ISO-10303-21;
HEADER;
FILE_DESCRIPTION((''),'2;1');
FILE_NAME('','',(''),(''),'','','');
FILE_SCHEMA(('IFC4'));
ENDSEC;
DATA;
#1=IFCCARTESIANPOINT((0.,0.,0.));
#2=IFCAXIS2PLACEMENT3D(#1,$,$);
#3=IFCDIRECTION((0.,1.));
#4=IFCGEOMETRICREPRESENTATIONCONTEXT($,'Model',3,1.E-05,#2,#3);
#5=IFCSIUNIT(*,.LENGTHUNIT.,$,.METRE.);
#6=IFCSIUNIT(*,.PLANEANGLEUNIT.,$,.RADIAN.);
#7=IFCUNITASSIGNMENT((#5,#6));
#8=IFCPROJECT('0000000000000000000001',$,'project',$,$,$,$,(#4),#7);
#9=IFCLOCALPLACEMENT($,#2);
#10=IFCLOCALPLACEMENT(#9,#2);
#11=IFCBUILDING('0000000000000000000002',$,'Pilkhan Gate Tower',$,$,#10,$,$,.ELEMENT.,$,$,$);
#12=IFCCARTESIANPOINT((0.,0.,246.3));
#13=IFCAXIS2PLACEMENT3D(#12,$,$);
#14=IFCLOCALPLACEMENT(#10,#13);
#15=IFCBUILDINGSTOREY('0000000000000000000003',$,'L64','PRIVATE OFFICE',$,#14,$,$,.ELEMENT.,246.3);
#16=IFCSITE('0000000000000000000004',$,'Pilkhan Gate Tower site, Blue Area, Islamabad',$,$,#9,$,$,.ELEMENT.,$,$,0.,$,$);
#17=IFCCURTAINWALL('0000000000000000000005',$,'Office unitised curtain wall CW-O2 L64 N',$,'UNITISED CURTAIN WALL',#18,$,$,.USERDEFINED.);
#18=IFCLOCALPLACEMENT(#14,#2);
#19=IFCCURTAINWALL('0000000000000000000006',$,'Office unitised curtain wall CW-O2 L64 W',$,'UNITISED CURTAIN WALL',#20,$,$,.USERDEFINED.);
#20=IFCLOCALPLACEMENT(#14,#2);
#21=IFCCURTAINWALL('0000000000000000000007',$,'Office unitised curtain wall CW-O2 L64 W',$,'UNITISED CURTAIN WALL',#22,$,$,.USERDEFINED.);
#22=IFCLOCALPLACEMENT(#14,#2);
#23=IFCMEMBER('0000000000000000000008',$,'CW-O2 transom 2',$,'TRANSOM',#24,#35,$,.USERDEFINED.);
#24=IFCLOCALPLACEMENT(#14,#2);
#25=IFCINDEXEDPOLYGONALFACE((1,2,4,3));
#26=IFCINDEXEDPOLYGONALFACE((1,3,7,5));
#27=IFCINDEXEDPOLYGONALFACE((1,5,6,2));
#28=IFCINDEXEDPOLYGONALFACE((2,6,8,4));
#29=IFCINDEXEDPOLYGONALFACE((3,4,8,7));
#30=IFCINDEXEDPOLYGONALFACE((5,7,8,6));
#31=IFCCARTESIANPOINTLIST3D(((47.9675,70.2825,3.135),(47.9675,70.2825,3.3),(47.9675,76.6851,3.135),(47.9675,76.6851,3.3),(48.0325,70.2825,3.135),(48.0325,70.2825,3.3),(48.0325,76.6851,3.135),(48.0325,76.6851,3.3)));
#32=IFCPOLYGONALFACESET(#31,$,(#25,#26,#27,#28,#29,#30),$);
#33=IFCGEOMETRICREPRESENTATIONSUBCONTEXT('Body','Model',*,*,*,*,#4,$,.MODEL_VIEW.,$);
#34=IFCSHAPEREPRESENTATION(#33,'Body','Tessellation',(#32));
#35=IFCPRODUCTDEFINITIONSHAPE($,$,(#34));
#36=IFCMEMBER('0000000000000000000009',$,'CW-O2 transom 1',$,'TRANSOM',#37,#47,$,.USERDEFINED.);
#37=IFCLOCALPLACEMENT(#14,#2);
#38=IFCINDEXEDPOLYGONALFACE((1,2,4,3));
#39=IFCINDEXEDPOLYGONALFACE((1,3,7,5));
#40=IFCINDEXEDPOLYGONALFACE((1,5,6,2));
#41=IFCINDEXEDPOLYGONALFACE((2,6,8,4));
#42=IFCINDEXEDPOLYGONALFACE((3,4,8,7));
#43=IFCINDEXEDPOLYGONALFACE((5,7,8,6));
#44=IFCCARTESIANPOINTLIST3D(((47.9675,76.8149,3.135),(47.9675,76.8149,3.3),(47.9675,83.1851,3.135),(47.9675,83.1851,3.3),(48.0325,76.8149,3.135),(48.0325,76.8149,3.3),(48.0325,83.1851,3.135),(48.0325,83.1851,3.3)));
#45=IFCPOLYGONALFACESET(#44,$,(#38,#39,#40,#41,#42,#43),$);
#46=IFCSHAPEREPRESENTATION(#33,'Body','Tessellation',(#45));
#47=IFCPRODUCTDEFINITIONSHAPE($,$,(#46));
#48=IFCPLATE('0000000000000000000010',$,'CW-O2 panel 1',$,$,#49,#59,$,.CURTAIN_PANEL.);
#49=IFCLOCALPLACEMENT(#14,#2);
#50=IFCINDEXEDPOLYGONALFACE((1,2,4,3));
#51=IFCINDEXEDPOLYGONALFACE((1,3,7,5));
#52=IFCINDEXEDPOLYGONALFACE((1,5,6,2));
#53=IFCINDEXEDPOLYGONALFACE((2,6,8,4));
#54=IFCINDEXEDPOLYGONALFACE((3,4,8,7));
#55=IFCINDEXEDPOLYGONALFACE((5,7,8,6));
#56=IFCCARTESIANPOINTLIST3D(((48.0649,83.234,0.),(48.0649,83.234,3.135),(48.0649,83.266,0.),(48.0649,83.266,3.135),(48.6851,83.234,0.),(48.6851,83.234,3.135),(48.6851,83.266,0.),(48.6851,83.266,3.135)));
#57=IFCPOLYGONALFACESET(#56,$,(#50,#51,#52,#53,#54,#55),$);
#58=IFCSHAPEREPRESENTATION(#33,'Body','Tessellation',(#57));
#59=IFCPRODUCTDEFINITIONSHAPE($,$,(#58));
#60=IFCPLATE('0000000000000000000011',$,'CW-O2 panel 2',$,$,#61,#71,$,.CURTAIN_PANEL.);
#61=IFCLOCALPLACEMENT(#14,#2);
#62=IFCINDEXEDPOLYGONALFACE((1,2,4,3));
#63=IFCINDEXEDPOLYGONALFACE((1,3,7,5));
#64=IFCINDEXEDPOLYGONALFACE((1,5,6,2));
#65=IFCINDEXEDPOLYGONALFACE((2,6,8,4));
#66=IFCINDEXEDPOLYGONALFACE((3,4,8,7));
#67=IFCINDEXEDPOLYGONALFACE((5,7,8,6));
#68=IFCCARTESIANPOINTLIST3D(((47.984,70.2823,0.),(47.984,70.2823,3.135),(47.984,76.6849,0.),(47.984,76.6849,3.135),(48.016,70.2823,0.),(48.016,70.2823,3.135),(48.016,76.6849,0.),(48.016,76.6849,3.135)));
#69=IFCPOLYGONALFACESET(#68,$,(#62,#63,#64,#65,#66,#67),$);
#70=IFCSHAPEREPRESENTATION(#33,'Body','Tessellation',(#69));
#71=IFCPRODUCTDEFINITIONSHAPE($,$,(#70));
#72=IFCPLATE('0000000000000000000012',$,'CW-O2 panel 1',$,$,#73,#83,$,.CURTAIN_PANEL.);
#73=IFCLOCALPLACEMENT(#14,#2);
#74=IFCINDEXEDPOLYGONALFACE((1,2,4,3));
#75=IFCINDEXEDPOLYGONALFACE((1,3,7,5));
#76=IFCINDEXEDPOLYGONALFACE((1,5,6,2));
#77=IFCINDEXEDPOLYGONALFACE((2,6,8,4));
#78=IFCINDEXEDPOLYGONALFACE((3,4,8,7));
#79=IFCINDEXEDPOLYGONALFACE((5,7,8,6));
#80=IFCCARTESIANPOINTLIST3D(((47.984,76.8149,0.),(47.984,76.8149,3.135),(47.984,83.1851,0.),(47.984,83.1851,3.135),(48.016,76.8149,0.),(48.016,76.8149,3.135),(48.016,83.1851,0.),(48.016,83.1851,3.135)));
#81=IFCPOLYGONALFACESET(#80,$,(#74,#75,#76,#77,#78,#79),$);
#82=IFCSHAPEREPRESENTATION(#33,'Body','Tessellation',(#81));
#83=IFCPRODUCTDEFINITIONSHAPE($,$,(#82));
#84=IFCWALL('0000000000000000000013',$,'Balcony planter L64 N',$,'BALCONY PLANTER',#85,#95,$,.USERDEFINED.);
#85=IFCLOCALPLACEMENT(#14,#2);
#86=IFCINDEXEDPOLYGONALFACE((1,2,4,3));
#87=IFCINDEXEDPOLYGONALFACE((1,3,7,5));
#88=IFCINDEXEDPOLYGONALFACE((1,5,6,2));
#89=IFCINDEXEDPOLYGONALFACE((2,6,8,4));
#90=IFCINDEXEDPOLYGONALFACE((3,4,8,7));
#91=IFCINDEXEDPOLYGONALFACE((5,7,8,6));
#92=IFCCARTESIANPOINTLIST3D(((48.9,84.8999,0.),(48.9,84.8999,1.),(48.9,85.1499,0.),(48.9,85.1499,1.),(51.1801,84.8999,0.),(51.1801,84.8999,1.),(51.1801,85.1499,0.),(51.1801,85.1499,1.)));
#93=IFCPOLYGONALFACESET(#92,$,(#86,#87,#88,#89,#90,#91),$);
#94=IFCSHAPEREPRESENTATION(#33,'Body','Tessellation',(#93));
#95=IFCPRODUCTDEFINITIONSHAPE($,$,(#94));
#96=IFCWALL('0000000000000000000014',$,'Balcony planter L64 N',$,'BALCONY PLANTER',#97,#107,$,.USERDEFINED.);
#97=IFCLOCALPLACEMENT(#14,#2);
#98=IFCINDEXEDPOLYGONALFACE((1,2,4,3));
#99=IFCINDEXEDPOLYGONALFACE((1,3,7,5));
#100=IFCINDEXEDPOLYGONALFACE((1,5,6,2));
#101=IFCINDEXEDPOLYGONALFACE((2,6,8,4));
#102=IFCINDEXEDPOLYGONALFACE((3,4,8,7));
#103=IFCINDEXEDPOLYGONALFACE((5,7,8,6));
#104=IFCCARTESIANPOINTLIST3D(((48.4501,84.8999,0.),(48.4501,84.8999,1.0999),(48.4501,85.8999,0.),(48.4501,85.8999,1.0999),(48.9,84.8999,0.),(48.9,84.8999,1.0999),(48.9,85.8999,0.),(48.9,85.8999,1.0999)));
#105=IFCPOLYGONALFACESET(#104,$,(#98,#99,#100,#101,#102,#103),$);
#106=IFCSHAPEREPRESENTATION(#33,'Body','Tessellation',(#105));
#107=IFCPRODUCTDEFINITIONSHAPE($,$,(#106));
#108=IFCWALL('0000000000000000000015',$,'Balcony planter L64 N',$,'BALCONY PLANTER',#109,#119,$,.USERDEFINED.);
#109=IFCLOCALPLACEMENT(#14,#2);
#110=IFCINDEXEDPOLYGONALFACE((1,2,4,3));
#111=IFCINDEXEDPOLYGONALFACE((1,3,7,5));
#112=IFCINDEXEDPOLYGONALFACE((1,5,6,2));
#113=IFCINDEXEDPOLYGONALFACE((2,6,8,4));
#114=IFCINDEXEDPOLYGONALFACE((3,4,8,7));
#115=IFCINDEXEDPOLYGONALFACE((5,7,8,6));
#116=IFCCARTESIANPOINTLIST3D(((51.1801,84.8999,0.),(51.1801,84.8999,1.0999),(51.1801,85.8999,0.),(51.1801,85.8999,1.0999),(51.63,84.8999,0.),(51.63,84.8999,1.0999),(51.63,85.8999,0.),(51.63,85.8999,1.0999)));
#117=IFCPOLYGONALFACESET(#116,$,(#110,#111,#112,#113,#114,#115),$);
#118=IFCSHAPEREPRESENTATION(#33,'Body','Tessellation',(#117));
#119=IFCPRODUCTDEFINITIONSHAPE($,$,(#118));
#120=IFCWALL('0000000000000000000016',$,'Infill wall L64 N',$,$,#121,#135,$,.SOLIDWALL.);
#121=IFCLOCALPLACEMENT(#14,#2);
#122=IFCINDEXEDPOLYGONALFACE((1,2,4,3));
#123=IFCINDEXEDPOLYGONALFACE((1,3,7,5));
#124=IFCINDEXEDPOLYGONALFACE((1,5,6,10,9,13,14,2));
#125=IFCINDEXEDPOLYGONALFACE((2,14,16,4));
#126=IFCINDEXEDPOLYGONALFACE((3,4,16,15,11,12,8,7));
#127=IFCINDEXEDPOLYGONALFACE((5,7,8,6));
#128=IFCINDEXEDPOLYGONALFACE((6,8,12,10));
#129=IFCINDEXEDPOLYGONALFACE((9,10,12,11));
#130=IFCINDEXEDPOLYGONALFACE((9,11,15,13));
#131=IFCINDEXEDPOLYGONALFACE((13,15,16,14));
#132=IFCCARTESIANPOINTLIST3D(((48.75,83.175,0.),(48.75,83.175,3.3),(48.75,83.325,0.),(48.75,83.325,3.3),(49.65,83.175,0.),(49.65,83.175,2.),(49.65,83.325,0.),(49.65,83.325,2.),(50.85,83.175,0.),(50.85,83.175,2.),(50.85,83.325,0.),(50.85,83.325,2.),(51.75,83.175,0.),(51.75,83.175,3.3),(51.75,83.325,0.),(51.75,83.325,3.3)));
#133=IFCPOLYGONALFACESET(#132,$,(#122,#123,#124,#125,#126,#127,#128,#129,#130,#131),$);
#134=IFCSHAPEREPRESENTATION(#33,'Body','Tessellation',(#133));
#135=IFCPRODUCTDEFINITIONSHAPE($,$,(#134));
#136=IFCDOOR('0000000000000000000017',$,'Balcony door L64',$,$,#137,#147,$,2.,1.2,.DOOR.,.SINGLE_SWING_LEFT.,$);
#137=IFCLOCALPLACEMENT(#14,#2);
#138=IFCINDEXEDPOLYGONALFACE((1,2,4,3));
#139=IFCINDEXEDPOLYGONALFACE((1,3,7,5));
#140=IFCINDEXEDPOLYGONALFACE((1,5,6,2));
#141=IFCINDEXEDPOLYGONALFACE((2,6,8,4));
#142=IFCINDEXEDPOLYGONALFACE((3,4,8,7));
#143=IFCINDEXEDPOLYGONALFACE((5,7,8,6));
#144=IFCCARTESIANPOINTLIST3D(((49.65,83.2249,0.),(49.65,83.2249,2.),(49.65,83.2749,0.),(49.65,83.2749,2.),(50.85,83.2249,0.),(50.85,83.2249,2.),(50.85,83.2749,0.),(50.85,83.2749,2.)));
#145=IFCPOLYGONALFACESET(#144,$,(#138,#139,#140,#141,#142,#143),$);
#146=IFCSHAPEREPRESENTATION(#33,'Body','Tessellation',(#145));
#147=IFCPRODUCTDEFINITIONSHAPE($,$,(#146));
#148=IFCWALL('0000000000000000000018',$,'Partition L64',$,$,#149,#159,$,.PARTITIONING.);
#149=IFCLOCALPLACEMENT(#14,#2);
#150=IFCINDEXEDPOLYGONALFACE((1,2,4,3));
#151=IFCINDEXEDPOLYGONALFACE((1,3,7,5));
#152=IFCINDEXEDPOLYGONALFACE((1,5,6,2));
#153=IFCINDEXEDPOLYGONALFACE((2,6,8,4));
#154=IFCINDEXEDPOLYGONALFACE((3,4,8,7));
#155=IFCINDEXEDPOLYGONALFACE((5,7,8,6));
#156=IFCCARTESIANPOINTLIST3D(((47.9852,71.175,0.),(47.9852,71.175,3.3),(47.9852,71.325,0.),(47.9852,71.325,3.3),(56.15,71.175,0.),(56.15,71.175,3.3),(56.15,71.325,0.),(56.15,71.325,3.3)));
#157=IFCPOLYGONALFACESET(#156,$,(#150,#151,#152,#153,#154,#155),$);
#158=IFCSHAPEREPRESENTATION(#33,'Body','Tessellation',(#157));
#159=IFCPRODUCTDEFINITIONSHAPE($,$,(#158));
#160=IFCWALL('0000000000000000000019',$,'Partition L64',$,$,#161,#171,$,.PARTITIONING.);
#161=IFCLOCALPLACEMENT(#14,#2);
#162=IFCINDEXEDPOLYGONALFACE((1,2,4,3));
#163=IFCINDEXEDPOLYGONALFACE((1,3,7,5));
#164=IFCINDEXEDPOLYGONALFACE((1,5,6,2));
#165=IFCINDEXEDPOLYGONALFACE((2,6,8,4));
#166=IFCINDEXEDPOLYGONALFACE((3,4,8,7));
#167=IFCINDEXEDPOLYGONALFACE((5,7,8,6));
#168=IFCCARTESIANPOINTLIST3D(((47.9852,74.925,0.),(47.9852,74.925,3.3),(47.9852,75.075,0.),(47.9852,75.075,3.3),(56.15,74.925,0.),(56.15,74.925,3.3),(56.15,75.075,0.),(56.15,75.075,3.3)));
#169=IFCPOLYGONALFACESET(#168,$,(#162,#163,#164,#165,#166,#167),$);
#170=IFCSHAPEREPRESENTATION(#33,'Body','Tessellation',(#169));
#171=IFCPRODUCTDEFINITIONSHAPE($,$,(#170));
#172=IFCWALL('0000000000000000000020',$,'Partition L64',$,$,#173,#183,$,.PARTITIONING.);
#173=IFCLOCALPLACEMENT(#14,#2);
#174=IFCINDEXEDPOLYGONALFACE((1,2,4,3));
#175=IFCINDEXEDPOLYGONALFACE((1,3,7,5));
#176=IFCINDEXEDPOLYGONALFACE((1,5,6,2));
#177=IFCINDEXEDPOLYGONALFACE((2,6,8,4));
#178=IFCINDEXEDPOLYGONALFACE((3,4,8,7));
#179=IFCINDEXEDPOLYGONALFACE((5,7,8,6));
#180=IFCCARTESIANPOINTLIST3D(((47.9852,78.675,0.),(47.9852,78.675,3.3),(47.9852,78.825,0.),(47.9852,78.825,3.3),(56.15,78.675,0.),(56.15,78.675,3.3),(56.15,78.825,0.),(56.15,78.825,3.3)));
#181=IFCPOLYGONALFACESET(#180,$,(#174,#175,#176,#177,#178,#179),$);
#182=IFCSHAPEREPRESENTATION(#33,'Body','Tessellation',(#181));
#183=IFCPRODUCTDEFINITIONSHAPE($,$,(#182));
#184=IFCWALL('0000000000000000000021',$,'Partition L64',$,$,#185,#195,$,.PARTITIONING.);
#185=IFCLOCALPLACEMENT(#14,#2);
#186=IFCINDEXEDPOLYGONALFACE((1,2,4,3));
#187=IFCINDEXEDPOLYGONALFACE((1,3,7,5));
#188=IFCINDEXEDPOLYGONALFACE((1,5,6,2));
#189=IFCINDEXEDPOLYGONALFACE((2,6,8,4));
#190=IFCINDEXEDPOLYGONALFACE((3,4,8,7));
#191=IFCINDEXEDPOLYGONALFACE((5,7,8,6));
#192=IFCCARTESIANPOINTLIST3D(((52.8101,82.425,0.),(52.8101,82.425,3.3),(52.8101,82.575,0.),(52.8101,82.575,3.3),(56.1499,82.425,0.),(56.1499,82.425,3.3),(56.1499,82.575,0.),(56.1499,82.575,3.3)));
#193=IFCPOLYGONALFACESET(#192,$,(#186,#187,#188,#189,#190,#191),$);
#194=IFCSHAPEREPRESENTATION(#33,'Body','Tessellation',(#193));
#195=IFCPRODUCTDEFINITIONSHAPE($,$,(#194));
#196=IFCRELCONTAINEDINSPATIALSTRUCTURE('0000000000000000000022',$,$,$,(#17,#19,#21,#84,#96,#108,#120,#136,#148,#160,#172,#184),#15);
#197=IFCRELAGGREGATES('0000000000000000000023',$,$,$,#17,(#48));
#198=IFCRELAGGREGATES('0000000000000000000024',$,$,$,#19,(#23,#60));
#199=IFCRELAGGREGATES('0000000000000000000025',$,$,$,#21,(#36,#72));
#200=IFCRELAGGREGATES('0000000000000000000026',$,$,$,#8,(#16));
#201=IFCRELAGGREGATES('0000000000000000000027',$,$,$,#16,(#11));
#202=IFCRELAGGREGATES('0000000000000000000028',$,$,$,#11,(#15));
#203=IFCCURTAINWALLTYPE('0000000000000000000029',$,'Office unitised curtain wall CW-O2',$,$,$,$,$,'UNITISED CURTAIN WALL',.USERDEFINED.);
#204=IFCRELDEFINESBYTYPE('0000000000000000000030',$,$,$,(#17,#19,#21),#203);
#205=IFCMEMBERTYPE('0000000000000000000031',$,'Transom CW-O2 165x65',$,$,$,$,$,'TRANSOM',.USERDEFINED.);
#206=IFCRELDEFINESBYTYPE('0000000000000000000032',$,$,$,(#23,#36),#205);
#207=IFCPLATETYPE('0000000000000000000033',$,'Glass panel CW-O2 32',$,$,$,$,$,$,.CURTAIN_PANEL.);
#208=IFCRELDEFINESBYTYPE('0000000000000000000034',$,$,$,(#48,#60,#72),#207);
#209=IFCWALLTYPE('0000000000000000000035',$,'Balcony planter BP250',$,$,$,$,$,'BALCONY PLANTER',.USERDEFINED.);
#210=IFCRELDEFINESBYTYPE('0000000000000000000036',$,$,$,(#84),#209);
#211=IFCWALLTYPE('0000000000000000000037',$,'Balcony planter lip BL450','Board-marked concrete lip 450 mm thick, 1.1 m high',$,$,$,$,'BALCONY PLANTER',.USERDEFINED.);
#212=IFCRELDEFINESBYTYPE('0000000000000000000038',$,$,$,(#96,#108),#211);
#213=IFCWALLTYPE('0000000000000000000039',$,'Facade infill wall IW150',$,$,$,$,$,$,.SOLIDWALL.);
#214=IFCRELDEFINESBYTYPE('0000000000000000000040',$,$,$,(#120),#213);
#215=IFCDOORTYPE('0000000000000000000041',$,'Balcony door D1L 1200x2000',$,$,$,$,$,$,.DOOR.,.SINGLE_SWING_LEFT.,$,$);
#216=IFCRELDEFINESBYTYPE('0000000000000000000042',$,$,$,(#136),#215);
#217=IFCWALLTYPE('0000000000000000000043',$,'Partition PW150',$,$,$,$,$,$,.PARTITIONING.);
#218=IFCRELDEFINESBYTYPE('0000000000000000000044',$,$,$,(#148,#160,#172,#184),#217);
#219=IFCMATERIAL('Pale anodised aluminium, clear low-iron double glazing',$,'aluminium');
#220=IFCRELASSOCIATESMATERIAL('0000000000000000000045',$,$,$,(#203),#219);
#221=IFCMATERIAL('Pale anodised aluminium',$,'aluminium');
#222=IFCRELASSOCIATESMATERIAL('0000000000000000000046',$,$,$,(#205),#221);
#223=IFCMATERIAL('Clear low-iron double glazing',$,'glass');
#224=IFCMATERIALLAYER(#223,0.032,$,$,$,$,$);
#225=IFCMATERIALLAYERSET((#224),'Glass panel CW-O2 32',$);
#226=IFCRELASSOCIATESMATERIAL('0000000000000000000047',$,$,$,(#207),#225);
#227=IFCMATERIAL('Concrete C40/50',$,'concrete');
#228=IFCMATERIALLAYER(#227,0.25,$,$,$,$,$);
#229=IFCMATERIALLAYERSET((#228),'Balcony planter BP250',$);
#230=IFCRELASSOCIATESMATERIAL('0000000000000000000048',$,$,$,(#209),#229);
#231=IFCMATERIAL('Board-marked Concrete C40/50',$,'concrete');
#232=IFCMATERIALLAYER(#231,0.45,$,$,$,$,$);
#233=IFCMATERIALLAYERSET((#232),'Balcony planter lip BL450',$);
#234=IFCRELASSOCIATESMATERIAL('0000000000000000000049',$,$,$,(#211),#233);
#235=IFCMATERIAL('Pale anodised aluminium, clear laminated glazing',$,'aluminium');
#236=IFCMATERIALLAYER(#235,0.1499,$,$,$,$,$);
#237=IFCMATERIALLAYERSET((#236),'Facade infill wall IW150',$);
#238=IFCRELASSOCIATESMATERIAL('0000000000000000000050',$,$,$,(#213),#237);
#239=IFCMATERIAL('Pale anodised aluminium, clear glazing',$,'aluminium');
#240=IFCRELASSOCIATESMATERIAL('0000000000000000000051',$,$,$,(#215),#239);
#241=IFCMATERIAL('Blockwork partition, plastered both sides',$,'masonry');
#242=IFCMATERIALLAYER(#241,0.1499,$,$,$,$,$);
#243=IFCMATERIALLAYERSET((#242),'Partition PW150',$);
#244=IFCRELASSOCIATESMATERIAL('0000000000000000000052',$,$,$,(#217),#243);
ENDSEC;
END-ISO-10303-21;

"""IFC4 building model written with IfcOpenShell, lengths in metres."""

from ifc_helpers import new_model, si_unit, direction, frame, frame_2d, origin, origin_2d, place, context, subcontext, project, spatial, rectangle, extrude, material, layer, layer_set, material_profile, profile_set, type_object, element, fill, aggregate, save


model = new_model("IFC4")

# Units and contexts
model_context = context("Model", 3, precision=1e-05, world=origin(), true_north=direction((0.0, 1.0)))
body_context = subcontext(model_context, "Body", "Model", "MODEL_VIEW")
ifc_project = project(units=[si_unit("LENGTHUNIT", "METRE"), si_unit("PLANEANGLEUNIT", "RADIAN")], contexts=[model_context])

# Site, building, storey
site_placement = place(None, origin())
site = spatial("IfcSite", under=ifc_project, at=site_placement, Name="Pilkhan Gate Tower site, Blue Area, Islamabad", CompositionType="ELEMENT", RefElevation=0.0)
building_placement = place(site_placement, origin())
building = spatial("IfcBuilding", under=site, at=building_placement, Name="Pilkhan Gate Tower", CompositionType="ELEMENT")
storey_placement = place(building_placement, frame((0.0, 0.0, 246.3)))
storey = spatial("IfcBuildingStorey", under=building, at=storey_placement, Name="L64", Description="PRIVATE OFFICE", CompositionType="ELEMENT", Elevation=246.3)

# Shared definitions
ifc_material_1 = material(Name="Pale anodised aluminium, clear low-iron double glazing", Category="aluminium")
curtain_wall_type = type_object("IfcCurtainWallType", Name="Office unitised curtain wall CW-O2", ElementType="UNITISED CURTAIN WALL", PredefinedType="USERDEFINED", material=ifc_material_1)
ifc_material_2 = material(Name="Pale anodised aluminium", Category="aluminium")

# Curtain wall
curtain_wall_1_placement = place(storey_placement, origin())
curtain_wall_1 = element("IfcCurtainWall", 1, at=curtain_wall_1_placement, inside=storey, type_object=curtain_wall_type, Name="Office unitised curtain wall CW-O2 L64 N", ObjectType="UNITISED CURTAIN WALL", PredefinedType="USERDEFINED")

# Curtain wall
curtain_wall_2_placement = place(storey_placement, origin())
curtain_wall_2 = element("IfcCurtainWall", 2, at=curtain_wall_2_placement, inside=storey, type_object=curtain_wall_type, Name="Office unitised curtain wall CW-O2 L64 W", ObjectType="UNITISED CURTAIN WALL", PredefinedType="USERDEFINED")

# Curtain wall
curtain_wall_3_placement = place(storey_placement, origin())
curtain_wall_3 = element("IfcCurtainWall", 3, at=curtain_wall_3_placement, inside=storey, type_object=curtain_wall_type, Name="Office unitised curtain wall CW-O2 L64 W", ObjectType="UNITISED CURTAIN WALL", PredefinedType="USERDEFINED")

# Members
ifc_material_profile_1 = material_profile(ifc_material_2, rectangle(XDim=0.0649, YDim=0.165, at=origin_2d()), Name="Transom 165x65")
ifc_profile_set_1 = profile_set([ifc_material_profile_1], Name="Pale anodised aluminium")
member_type_1 = type_object("IfcMemberType", Name="Transom CW-O2 165x65", ElementType="TRANSOM", PredefinedType="USERDEFINED", material=ifc_profile_set_1)
member_1_placement = place(storey_placement, frame((48.0, 70.2825, 3.2175), z_axis=(0.0, 1.0, 0.0), x_axis=(-1.0, 0.0, 0.0)))
member_1 = element("IfcMember", 4, at=member_1_placement, type_object=member_type_1, Name="CW-O2 transom 2", ObjectType="TRANSOM", PredefinedType="USERDEFINED", context=body_context, shape_type="SweptSolid", body=[
    extrude(rectangle(XDim=0.0649, YDim=0.165, at=origin_2d()), origin(), (0.0, 0.0, 1.0), 6.4026),
])
member_2_placement = place(storey_placement, frame((48.0, 76.8149, 3.2175), z_axis=(0.0, 1.0, 0.0), x_axis=(-1.0, 0.0, 0.0)))
member_2 = element("IfcMember", 5, at=member_2_placement, type_object=member_type_1, Name="CW-O2 transom 1", ObjectType="TRANSOM", PredefinedType="USERDEFINED", context=body_context, shape_type="SweptSolid", body=[
    extrude(rectangle(XDim=0.0649, YDim=0.165, at=origin_2d()), origin(), (0.0, 0.0, 1.0), 6.3701),
])

# Plates
ifc_material_3 = material(Name="Clear low-iron double glazing", Category="glass")
ifc_layer_1 = layer(ifc_material_3, 0.032)
ifc_layer_set_1 = layer_set([ifc_layer_1], Name="Glass panel CW-O2 32")
plate_type = type_object("IfcPlateType", Name="Glass panel CW-O2 32", PredefinedType="CURTAIN_PANEL", material=ifc_layer_set_1)
plate_1_placement = place(storey_placement, frame((48.375, 83.25, 0.0), z_axis=(0.0, 0.0, 1.0), x_axis=(1.0, 0.0, 0.0)))
plate_1 = element("IfcPlate", 6, at=plate_1_placement, type_object=plate_type, Name="CW-O2 panel 1", PredefinedType="CURTAIN_PANEL", context=body_context, shape_type="SweptSolid", body=[
    extrude(rectangle(XDim=0.6201, YDim=0.032, at=origin_2d()), origin(), (0.0, 0.0, 1.0), 3.135),
])
aggregate(curtain_wall_1, [plate_1])
plate_2_placement = place(storey_placement, frame((48.0, 73.4836, 0.0), z_axis=(0.0, 0.0, 1.0), x_axis=(0.0, 1.0, 0.0)))
plate_2 = element("IfcPlate", 7, at=plate_2_placement, type_object=plate_type, Name="CW-O2 panel 2", PredefinedType="CURTAIN_PANEL", context=body_context, shape_type="SweptSolid", body=[
    extrude(rectangle(XDim=6.4026, YDim=0.032, at=origin_2d()), origin(), (0.0, 0.0, 1.0), 3.135),
])
aggregate(curtain_wall_2, [member_1, plate_2])
plate_3_placement = place(storey_placement, frame((48.0, 80.0, 0.0), z_axis=(0.0, 0.0, 1.0), x_axis=(0.0, 1.0, 0.0)))
plate_3 = element("IfcPlate", 8, at=plate_3_placement, type_object=plate_type, Name="CW-O2 panel 1", PredefinedType="CURTAIN_PANEL", context=body_context, shape_type="SweptSolid", body=[
    extrude(rectangle(XDim=6.3701, YDim=0.032, at=origin_2d()), origin(), (0.0, 0.0, 1.0), 3.135),
])
aggregate(curtain_wall_3, [member_2, plate_3])

# Walls
ifc_material_4 = material(Name="Concrete C40/50", Category="concrete")
ifc_layer_2 = layer(ifc_material_4, 0.25)
ifc_layer_set_2 = layer_set([ifc_layer_2], Name="Balcony planter BP250")
wall_type_1 = type_object("IfcWallType", Name="Balcony planter BP250", ElementType="BALCONY PLANTER", PredefinedType="USERDEFINED", material=ifc_layer_set_2)
wall_1_placement = place(storey_placement, frame((48.8999, 85.0249, 0.0), z_axis=(0.0, 0.0, 1.0), x_axis=(1.0, 0.0, 0.0)))
element("IfcWall", 9, at=wall_1_placement, inside=storey, type_object=wall_type_1, Name="Balcony planter L64 N", ObjectType="BALCONY PLANTER", PredefinedType="USERDEFINED", context=body_context, shape_type="SweptSolid", body=[
    extrude(rectangle(XDim=2.28, YDim=0.25, at=frame_2d((1.1401, 0.0))), origin(), (0.0, 0.0, 1.0), 1.0),
])
ifc_material_5 = material(Name="Board-marked Concrete C40/50", Category="concrete")
ifc_layer_3 = layer(ifc_material_5, 0.45)
ifc_layer_set_3 = layer_set([ifc_layer_3], Name="Balcony planter lip BL450")
wall_type_2 = type_object("IfcWallType", Name="Balcony planter lip BL450", Description="Board-marked concrete lip 450 mm thick, 1.1 m high", ElementType="BALCONY PLANTER", PredefinedType="USERDEFINED", material=ifc_layer_set_3)
for number, where, z_axis, x_axis, name in (
    (10, (48.675, 84.8999, 0.0), (0.0, 0.0, 1.0), (0.0, 1.0, 0.0), "Balcony planter L64 N"),
    (11, (51.405, 84.8999, 0.0), (0.0, 0.0, 1.0), (0.0, 1.0, 0.0), "Balcony planter L64 N"),
):
    element("IfcWall", number, at=place(storey_placement, frame(where, z_axis=z_axis, x_axis=x_axis)), inside=storey, type_object=wall_type_2, Name=name, ObjectType="BALCONY PLANTER", PredefinedType="USERDEFINED", context=body_context, shape_type="SweptSolid", body=[
        extrude(rectangle(XDim=1.0, YDim=0.45, at=frame_2d((0.5, 0.0))), origin(), (0.0, 0.0, 1.0), 1.0999),
    ])

# Wall, opening, door
ifc_material_6 = material(Name="Pale anodised aluminium, clear laminated glazing", Category="aluminium")
ifc_layer_4 = layer(ifc_material_6, 0.1499)
ifc_layer_set_4 = layer_set([ifc_layer_4], Name="Facade infill wall IW150")
wall_type_3 = type_object("IfcWallType", Name="Facade infill wall IW150", PredefinedType="SOLIDWALL", material=ifc_layer_set_4)
wall_2_placement = place(storey_placement, frame((48.75, 83.25, 0.0), z_axis=(0.0, 0.0, 1.0), x_axis=(1.0, 0.0, 0.0)))
wall_2 = element("IfcWall", 12, at=wall_2_placement, inside=storey, type_object=wall_type_3, Name="Infill wall L64 N", PredefinedType="SOLIDWALL", context=body_context, shape_type="SweptSolid", body=[
    extrude(rectangle(XDim=3.0, YDim=0.1499, at=frame_2d((1.5, 0.0))), origin(), (0.0, 0.0, 1.0), 3.3),
])
opening_placement = place(wall_2_placement, frame((0.8999, 0.0, 0.0)))
opening = element("IfcOpeningElement", 13, at=opening_placement, cuts=wall_2, PredefinedType="OPENING", context=body_context, shape_type="SweptSolid", body=[
    extrude(rectangle(XDim=1.2, YDim=2.0, at=frame_2d((0.6001, 1.0))), frame((0.0, 0.085, 0.0), z_axis=(0.0, -1.0, 0.0), x_axis=(1.0, 0.0, 0.0)), (0.0, 0.0, 1.0), 0.1699),
])
ifc_material_7 = material(Name="Pale anodised aluminium, clear glazing", Category="aluminium")
door_type = type_object("IfcDoorType", Name="Balcony door D1L 1200x2000", OperationType="SINGLE_SWING_LEFT", PredefinedType="DOOR", material=ifc_material_7)
door_placement = place(opening_placement, origin())
door = element("IfcDoor", 14, at=door_placement, inside=storey, type_object=door_type, Name="Balcony door L64", OperationType="SINGLE_SWING_LEFT", OverallHeight=2.0, OverallWidth=1.2, PredefinedType="DOOR", context=body_context, shape_type="SweptSolid", body=[
    extrude(rectangle(XDim=1.2, YDim=2.0, at=frame_2d((0.6001, 1.0))), frame((0.0, 0.0249, 0.0), z_axis=(0.0, -1.0, 0.0), x_axis=(1.0, 0.0, 0.0)), (0.0, 0.0, 1.0), 0.05),
])
fill(opening, door)

# Walls
ifc_material_8 = material(Name="Blockwork partition, plastered both sides", Category="masonry")
ifc_layer_5 = layer(ifc_material_8, 0.1499)
ifc_layer_set_5 = layer_set([ifc_layer_5], Name="Partition PW150")
wall_type_4 = type_object("IfcWallType", Name="Partition PW150", PredefinedType="PARTITIONING", material=ifc_layer_set_5)
for number, where, z_axis, x_axis, name in (
    (15, (47.9851, 71.25, 0.0), (0.0, 0.0, 1.0), (1.0, 0.0, 0.0), "Partition L64"),
    (16, (47.9851, 75.0, 0.0), (0.0, 0.0, 1.0), (1.0, 0.0, 0.0), "Partition L64"),
    (17, (47.9851, 78.75, 0.0), (0.0, 0.0, 1.0), (1.0, 0.0, 0.0), "Partition L64"),
):
    element("IfcWall", number, at=place(storey_placement, frame(where, z_axis=z_axis, x_axis=x_axis)), inside=storey, type_object=wall_type_4, Name=name, PredefinedType="PARTITIONING", context=body_context, shape_type="SweptSolid", body=[
        extrude(rectangle(XDim=8.1648, YDim=0.1499, at=frame_2d((4.0825, 0.0))), origin(), (0.0, 0.0, 1.0), 3.3),
    ])
wall_3_placement = place(storey_placement, frame((52.8101, 82.5, 0.0), z_axis=(0.0, 0.0, 1.0), x_axis=(1.0, 0.0, 0.0)))
element("IfcWall", 18, at=wall_3_placement, inside=storey, type_object=wall_type_4, Name="Partition L64", PredefinedType="PARTITIONING", context=body_context, shape_type="SweptSolid", body=[
    extrude(rectangle(XDim=3.3398, YDim=0.1499, at=frame_2d((1.6699, 0.0))), origin(), (0.0, 0.0, 1.0), 3.3),
])

save(model, "model.ifc")
